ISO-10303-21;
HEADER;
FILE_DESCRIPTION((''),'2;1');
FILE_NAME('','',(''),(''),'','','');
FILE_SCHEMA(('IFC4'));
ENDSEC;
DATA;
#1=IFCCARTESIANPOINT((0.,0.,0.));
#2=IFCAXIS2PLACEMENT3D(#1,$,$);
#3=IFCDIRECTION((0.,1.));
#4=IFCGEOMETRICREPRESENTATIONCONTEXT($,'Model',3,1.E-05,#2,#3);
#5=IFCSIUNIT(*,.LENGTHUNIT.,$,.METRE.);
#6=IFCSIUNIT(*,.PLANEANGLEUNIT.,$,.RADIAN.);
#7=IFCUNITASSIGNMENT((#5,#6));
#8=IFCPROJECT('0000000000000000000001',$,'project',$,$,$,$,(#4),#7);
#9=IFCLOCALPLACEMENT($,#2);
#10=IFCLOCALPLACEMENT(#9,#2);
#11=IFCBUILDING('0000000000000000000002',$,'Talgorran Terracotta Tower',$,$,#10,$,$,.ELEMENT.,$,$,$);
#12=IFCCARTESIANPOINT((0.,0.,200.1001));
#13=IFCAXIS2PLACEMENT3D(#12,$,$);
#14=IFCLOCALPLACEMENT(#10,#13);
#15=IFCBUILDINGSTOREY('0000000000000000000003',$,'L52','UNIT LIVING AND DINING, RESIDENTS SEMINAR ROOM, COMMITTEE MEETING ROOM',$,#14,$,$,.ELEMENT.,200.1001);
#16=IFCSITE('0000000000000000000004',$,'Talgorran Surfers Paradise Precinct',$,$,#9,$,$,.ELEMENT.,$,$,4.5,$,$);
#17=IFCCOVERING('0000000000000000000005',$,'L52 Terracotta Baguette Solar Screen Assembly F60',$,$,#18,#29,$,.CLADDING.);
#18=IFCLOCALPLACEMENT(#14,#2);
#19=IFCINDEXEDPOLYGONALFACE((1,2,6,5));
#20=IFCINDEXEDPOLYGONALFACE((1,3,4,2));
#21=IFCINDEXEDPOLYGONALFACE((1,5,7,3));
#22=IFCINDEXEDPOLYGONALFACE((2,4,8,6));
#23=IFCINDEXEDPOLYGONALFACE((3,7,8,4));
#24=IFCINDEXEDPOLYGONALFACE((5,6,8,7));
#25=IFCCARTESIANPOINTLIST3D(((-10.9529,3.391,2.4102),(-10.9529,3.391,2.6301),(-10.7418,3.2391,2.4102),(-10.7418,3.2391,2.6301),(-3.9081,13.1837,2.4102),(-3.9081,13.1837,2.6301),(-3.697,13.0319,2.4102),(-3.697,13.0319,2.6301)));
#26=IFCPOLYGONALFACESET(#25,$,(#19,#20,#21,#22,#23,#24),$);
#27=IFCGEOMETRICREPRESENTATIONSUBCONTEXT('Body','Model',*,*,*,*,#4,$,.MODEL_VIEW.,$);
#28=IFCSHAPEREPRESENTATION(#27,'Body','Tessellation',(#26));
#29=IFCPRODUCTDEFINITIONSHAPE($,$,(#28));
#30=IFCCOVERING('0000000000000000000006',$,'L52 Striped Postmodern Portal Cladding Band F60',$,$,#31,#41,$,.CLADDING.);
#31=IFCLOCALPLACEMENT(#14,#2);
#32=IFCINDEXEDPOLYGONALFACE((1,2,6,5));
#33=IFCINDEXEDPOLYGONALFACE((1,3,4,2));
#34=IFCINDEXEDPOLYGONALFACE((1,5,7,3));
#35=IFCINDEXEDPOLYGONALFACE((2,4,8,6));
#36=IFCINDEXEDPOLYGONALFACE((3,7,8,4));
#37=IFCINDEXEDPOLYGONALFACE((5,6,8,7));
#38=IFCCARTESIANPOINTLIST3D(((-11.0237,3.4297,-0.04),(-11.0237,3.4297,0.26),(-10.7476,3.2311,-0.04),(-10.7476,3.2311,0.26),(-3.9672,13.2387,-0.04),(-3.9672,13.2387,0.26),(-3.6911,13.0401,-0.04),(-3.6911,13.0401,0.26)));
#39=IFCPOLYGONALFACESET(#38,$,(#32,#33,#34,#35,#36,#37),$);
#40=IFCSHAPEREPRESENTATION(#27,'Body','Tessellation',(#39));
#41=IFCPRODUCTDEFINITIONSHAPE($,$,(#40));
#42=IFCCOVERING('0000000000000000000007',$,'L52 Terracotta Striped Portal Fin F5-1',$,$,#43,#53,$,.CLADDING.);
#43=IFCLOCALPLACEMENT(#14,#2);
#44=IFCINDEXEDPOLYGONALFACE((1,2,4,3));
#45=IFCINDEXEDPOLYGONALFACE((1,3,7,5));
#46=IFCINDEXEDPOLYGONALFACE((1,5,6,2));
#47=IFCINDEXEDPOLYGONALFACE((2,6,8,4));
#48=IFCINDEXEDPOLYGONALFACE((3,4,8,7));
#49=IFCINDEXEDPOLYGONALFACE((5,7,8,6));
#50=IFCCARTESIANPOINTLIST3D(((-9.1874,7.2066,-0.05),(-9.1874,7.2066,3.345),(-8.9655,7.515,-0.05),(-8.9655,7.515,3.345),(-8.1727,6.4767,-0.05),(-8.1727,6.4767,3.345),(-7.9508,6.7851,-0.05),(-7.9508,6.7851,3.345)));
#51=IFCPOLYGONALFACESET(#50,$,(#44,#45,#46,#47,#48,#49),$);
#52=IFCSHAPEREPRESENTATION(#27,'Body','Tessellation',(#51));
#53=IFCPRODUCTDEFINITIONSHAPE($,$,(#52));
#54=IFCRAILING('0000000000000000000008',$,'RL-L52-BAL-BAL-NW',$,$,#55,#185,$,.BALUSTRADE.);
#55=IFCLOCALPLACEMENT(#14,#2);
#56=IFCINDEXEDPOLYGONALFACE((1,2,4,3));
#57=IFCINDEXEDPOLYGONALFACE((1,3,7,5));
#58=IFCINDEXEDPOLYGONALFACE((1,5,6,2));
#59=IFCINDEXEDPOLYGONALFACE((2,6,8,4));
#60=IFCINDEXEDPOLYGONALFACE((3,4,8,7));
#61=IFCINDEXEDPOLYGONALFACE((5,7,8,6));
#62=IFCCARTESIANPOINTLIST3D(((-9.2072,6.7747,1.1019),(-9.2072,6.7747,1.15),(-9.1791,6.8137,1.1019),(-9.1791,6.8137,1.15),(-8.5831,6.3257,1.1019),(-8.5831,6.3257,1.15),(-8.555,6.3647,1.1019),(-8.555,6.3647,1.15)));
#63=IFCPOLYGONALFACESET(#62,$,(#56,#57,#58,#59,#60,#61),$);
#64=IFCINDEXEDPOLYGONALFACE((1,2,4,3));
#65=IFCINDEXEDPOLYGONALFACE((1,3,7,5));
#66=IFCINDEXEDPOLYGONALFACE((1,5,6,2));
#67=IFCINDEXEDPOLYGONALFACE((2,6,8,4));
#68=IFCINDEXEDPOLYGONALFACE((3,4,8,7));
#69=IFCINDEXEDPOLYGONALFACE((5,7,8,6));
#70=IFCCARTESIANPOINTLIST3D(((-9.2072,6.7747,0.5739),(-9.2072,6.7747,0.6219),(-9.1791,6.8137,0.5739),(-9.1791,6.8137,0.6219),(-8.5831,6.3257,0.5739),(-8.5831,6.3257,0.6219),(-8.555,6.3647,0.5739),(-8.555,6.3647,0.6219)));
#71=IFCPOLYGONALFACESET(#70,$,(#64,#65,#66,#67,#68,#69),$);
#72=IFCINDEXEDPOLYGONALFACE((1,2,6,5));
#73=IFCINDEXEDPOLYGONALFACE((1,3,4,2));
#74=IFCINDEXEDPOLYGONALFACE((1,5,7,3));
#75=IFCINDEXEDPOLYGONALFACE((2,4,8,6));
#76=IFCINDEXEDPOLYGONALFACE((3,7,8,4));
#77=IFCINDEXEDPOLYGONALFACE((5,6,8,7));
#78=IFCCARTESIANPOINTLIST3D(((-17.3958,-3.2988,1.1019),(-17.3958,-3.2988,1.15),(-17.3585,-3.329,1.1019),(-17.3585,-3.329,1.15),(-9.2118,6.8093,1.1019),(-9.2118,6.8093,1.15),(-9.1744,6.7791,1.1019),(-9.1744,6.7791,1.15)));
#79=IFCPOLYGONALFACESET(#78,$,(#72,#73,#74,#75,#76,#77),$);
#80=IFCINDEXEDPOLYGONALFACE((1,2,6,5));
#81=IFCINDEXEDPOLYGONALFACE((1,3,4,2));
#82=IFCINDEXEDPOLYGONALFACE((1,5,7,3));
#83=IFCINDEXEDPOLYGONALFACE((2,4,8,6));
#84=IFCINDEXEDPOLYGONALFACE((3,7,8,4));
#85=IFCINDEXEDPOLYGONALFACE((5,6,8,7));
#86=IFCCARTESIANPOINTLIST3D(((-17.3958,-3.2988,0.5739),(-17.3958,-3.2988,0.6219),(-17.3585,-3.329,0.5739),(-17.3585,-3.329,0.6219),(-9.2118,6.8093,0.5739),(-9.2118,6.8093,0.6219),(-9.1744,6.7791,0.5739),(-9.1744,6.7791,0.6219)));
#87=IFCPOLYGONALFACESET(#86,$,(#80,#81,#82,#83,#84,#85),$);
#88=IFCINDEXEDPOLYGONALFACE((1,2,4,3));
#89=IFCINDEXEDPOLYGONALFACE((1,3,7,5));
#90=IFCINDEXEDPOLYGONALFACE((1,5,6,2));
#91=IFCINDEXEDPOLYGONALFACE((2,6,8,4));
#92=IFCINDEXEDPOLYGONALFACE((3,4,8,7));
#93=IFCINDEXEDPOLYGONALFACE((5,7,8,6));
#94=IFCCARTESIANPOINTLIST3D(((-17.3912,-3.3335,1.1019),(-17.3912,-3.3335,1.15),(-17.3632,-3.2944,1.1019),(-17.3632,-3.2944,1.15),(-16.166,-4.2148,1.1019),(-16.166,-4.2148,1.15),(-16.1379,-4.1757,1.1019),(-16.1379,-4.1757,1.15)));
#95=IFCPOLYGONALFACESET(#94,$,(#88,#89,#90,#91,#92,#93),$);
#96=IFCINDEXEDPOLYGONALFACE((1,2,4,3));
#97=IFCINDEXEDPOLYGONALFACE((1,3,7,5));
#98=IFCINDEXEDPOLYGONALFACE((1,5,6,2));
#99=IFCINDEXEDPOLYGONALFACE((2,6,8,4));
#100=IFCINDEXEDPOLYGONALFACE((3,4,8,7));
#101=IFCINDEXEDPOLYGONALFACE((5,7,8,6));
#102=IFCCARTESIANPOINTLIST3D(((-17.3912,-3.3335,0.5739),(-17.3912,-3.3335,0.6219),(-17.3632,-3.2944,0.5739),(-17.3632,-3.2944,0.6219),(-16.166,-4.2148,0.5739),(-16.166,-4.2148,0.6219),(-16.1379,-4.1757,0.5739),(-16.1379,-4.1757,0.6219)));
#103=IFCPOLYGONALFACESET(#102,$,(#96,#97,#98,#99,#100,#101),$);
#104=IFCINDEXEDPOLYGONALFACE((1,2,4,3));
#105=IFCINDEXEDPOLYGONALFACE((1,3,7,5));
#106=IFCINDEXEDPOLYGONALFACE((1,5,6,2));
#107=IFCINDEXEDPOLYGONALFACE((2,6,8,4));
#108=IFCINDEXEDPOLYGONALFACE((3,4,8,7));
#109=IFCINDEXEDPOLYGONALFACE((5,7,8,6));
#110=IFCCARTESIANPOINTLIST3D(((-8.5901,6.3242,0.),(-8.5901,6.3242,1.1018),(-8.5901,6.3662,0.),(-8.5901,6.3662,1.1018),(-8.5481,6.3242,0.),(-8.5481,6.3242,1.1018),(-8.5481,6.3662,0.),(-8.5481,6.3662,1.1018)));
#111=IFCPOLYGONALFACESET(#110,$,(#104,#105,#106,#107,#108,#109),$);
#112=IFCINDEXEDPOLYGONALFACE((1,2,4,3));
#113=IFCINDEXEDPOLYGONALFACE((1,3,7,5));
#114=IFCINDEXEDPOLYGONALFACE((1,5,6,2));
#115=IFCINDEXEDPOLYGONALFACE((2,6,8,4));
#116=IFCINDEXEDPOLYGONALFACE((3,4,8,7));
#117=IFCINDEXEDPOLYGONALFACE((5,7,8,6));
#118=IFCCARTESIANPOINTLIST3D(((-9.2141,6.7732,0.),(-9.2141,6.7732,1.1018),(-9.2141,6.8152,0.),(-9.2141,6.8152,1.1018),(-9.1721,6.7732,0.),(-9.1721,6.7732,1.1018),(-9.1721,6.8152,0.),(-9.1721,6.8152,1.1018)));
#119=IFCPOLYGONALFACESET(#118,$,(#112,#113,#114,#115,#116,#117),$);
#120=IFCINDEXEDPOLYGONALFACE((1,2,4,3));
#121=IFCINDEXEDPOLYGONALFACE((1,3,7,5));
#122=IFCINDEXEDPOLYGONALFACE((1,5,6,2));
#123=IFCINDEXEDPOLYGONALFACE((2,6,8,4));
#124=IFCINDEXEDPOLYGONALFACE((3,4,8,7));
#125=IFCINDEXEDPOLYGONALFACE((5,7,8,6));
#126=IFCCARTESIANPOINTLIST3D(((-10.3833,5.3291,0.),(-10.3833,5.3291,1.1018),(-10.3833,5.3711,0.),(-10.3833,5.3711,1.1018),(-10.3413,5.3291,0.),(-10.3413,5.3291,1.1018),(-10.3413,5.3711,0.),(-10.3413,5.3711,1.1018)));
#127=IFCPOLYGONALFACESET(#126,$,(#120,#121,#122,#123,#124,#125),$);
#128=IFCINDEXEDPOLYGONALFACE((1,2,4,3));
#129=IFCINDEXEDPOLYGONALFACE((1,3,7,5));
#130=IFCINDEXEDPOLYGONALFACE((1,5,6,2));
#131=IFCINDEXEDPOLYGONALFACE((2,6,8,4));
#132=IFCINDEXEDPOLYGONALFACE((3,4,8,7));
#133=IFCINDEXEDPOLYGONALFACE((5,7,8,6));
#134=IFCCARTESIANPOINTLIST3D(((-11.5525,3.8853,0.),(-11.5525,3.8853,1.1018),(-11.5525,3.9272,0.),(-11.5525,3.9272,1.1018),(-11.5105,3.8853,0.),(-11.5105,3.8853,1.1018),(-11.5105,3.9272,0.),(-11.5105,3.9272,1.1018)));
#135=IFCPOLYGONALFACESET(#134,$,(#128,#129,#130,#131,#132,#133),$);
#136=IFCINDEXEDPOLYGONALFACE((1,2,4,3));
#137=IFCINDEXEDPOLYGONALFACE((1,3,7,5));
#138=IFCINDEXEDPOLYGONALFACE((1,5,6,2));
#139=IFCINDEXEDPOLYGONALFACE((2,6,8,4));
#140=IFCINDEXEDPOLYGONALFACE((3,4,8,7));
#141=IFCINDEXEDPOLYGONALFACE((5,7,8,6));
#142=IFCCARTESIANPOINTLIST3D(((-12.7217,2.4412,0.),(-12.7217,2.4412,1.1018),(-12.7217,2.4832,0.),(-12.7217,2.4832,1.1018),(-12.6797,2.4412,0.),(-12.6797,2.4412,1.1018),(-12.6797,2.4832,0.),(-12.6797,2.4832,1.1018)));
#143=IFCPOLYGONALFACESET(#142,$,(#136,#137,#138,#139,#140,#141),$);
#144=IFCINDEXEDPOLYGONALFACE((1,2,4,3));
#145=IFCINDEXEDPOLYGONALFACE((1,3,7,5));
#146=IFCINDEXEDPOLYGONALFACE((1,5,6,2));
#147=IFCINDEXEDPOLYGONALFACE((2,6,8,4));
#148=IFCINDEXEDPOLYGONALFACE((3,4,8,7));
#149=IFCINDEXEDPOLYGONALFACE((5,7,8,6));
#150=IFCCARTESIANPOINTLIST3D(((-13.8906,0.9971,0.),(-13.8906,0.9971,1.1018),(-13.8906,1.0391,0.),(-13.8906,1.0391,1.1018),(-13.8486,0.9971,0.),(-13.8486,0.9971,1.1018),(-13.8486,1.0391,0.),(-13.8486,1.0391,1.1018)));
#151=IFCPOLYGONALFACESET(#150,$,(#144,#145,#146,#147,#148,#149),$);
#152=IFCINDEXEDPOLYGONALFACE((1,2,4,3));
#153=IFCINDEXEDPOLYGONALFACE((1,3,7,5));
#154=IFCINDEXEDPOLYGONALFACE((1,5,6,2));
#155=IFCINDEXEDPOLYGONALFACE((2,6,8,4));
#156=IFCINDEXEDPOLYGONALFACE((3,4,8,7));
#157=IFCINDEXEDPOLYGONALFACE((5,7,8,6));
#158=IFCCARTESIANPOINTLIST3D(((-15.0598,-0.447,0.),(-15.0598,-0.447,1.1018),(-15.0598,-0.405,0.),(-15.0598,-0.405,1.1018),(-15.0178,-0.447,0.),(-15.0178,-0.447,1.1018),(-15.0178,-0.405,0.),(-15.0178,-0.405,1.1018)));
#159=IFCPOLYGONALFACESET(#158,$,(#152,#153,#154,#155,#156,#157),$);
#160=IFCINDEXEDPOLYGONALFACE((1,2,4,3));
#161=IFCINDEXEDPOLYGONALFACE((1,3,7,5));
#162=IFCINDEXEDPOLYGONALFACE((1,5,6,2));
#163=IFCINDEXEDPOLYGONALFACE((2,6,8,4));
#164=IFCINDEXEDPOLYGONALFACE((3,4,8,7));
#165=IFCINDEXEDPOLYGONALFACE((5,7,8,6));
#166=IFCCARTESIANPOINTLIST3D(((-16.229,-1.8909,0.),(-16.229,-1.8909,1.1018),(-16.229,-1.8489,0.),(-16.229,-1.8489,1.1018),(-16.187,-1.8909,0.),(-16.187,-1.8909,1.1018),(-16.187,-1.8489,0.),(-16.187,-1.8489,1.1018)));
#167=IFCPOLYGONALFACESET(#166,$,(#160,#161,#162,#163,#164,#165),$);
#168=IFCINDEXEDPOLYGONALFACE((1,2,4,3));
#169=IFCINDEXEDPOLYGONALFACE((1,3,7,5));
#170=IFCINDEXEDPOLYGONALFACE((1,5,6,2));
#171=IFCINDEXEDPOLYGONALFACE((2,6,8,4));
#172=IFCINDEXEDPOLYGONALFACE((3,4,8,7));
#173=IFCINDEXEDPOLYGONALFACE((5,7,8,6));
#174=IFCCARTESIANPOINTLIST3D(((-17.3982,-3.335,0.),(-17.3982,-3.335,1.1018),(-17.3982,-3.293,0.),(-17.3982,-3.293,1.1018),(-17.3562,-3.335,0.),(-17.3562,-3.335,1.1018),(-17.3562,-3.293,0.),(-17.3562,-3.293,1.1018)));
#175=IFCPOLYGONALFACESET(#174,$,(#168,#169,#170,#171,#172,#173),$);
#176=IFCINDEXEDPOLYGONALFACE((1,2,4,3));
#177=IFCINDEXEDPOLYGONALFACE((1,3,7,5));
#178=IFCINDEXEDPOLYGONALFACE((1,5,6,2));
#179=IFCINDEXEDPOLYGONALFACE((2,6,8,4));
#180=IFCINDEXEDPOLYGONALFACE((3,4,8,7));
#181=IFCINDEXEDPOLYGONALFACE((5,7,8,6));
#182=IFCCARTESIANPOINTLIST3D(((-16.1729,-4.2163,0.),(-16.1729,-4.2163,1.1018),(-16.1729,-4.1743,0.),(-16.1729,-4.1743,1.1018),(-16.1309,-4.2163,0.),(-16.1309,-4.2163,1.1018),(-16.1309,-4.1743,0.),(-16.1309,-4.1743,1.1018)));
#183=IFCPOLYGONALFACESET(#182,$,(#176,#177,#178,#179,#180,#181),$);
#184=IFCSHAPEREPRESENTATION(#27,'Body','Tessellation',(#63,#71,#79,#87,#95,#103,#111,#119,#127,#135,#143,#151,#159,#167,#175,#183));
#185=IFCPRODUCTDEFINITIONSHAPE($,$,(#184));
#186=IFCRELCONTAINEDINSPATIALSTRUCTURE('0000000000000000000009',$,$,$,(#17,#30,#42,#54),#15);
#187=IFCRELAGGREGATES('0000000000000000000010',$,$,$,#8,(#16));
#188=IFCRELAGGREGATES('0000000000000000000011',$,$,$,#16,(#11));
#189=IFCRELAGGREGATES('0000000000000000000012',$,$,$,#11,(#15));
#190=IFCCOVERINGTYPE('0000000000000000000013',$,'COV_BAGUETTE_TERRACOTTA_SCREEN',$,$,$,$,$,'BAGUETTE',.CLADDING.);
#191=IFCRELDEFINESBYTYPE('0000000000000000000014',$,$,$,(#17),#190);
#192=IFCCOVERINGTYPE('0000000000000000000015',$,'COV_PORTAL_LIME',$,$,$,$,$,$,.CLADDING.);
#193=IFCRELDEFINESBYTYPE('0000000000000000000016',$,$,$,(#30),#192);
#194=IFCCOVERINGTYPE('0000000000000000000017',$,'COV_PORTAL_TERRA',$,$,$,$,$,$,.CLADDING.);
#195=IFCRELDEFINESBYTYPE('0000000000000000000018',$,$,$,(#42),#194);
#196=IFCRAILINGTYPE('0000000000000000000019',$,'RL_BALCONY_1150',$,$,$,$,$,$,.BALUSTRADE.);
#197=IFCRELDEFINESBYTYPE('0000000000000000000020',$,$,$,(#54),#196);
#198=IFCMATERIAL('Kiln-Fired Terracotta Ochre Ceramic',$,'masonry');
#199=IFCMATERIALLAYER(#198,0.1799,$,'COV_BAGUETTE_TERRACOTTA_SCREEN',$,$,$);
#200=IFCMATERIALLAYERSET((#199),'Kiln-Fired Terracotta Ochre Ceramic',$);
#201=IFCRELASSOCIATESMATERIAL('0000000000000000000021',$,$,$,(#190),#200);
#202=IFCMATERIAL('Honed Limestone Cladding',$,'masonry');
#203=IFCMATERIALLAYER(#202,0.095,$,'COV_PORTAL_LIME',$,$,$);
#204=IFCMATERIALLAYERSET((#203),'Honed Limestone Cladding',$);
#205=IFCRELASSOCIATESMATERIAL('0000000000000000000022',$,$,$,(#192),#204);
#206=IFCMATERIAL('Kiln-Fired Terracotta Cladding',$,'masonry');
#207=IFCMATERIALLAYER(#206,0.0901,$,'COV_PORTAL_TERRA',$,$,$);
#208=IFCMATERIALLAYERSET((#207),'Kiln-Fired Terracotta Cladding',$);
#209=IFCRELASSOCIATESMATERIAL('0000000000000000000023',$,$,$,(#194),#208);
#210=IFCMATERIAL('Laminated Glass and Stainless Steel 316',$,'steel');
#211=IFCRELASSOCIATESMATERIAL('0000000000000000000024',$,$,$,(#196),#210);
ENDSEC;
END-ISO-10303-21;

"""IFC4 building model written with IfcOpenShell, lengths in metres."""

from ifc_helpers import new_model, si_unit, direction, frame, origin, origin_2d, place, context, subcontext, project, spatial, rectangle, extrude, material, layer, layer_set, type_object, element, save


model = new_model("IFC4")

# Units and contexts
model_context = context("Model", 3, precision=1e-05, world=origin(), true_north=direction((0.0, 1.0)))
body_context = subcontext(model_context, "Body", "Model", "MODEL_VIEW")
ifc_project = project(units=[si_unit("LENGTHUNIT", "METRE"), si_unit("PLANEANGLEUNIT", "RADIAN")], contexts=[model_context])

# Site, building, storey
site_placement = place(None, origin())
site = spatial("IfcSite", under=ifc_project, at=site_placement, Name="Talgorran Surfers Paradise Precinct", CompositionType="ELEMENT", RefElevation=4.5)
building_placement = place(site_placement, origin())
building = spatial("IfcBuilding", under=site, at=building_placement, Name="Talgorran Terracotta Tower", CompositionType="ELEMENT")
storey_placement = place(building_placement, frame((0.0, 0.0, 200.1001)))
storey = spatial("IfcBuildingStorey", under=building, at=storey_placement, Name="L52", Description="UNIT LIVING AND DINING, RESIDENTS SEMINAR ROOM, COMMITTEE MEETING ROOM", CompositionType="ELEMENT", Elevation=200.1001)

# Coverings
ifc_material_1 = material(Name="Kiln-Fired Terracotta Ochre Ceramic", Category="masonry")
ifc_layer_1 = layer(ifc_material_1, 0.1799, Name="COV_BAGUETTE_TERRACOTTA_SCREEN")
ifc_layer_set_1 = layer_set([ifc_layer_1], Name="Kiln-Fired Terracotta Ochre Ceramic")
covering_type_1 = type_object("IfcCoveringType", Name="COV_BAGUETTE_TERRACOTTA_SCREEN", ElementType="BAGUETTE", PredefinedType="CLADDING", material=ifc_layer_set_1)
covering_1_placement = place(storey_placement, frame((-7.325, 8.2114, 2.4102), z_axis=(0.0, 0.0, 1.0), x_axis=(-0.583981, -0.811768, 0.0)))
element("IfcCovering", 1, at=covering_1_placement, inside=storey, type_object=covering_type_1, Name="L52 Terracotta Baguette Solar Screen Assembly F60", PredefinedType="CLADDING", context=body_context, shape_type="SweptSolid", body=[
    extrude(rectangle(XDim=12.0635, YDim=0.26, at=origin_2d()), origin(), (0.0, 0.0, 1.0), 0.22),
])
ifc_material_2 = material(Name="Honed Limestone Cladding", Category="masonry")
ifc_layer_2 = layer(ifc_material_2, 0.095, Name="COV_PORTAL_LIME")
ifc_layer_set_2 = layer_set([ifc_layer_2], Name="Honed Limestone Cladding")
covering_type_2 = type_object("IfcCoveringType", Name="COV_PORTAL_LIME", PredefinedType="CLADDING", material=ifc_layer_set_2)
covering_2_placement = place(storey_placement, frame((-7.3574, 8.2349, -0.04), z_axis=(0.0, 0.0, 1.0), x_axis=(-0.583981, -0.811768, 0.0)))
element("IfcCovering", 2, at=covering_2_placement, inside=storey, type_object=covering_type_2, Name="L52 Striped Postmodern Portal Cladding Band F60", PredefinedType="CLADDING", context=body_context, shape_type="SweptSolid", body=[
    extrude(rectangle(XDim=12.0835, YDim=0.3401, at=origin_2d()), origin(), (0.0, 0.0, 1.0), 0.3),
])
ifc_material_3 = material(Name="Kiln-Fired Terracotta Cladding", Category="masonry")
ifc_layer_3 = layer(ifc_material_3, 0.0901, Name="COV_PORTAL_TERRA")
ifc_layer_set_3 = layer_set([ifc_layer_3], Name="Kiln-Fired Terracotta Cladding")
covering_type_3 = type_object("IfcCoveringType", Name="COV_PORTAL_TERRA", PredefinedType="CLADDING", material=ifc_layer_set_3)
covering_3_placement = place(storey_placement, frame((-8.5691, 6.9958, -0.05), z_axis=(0.0, 0.0, 1.0), x_axis=(-0.583981, -0.811768, 0.0)))
element("IfcCovering", 3, at=covering_3_placement, inside=storey, type_object=covering_type_3, Name="L52 Terracotta Striped Portal Fin F5-1", PredefinedType="CLADDING", context=body_context, shape_type="SweptSolid", body=[
    extrude(rectangle(XDim=0.3799, YDim=1.25, at=origin_2d()), origin(), (0.0, 0.0, 1.0), 3.395),
])

# Railing
ifc_material_4 = material(Name="Laminated Glass and Stainless Steel 316", Category="steel")
railing_type = type_object("IfcRailingType", Name="RL_BALCONY_1150", PredefinedType="BALUSTRADE", material=ifc_material_4)
railing_placement = place(storey_placement, frame((-8.5691, 6.3452, 0.0)))
element("IfcRailing", 4, at=railing_placement, inside=storey, type_object=railing_type, Name="RL-L52-BAL-BAL-NW", PredefinedType="BALUSTRADE", context=body_context, shape_type="SweptSolid", body=[
    extrude(rectangle(XDim=0.0481, YDim=0.0481, at=origin_2d()), frame((0.0, 0.0, 1.126), z_axis=(-0.811733, 0.584029, 0.0), x_axis=(-0.584029, -0.811733, 0.0)), (0.0, 0.0, 1.0), 0.7688),
    extrude(rectangle(XDim=0.0481, YDim=0.0481, at=origin_2d()), frame((0.0, 0.0, 0.5979), z_axis=(-0.811733, 0.584029, 0.0), x_axis=(-0.584029, -0.811733, 0.0)), (0.0, 0.0, 1.0), 0.7688),
    extrude(rectangle(XDim=0.0481, YDim=0.0481, at=origin_2d()), frame((-0.624, 0.449, 1.126), z_axis=(-0.629258, -0.777196, 0.0), x_axis=(0.777196, -0.629258, 0.0)), (0.0, 0.0, 1.0), 13.0059),
    extrude(rectangle(XDim=0.0481, YDim=0.0481, at=origin_2d()), frame((-0.624, 0.449, 0.5979), z_axis=(-0.629258, -0.777196, 0.0), x_axis=(0.777196, -0.629258, 0.0)), (0.0, 0.0, 1.0), 13.0059),
    extrude(rectangle(XDim=0.0481, YDim=0.0481, at=origin_2d()), frame((-8.8081, -9.6592, 1.126), z_axis=(0.811816, -0.583913, 0.0), x_axis=(0.583913, 0.811816, 0.0)), (0.0, 0.0, 1.0), 1.5093),
    extrude(rectangle(XDim=0.0481, YDim=0.0481, at=origin_2d()), frame((-8.8081, -9.6592, 0.5979), z_axis=(0.811816, -0.583913, 0.0), x_axis=(0.583913, 0.811816, 0.0)), (0.0, 0.0, 1.0), 1.5093),
    extrude(rectangle(XDim=0.042, YDim=0.042, at=origin_2d()), origin(), (0.0, 0.0, 1.0), 1.1018),
    extrude(rectangle(XDim=0.042, YDim=0.042, at=origin_2d()), frame((-0.624, 0.449, 0.0)), (0.0, 0.0, 1.0), 1.1018),
    extrude(rectangle(XDim=0.042, YDim=0.042, at=origin_2d()), frame((-1.7932, -0.9951, 0.0)), (0.0, 0.0, 1.0), 1.1018),
    extrude(rectangle(XDim=0.042, YDim=0.042, at=origin_2d()), frame((-2.9624, -2.439, 0.0)), (0.0, 0.0, 1.0), 1.1018),
    extrude(rectangle(XDim=0.042, YDim=0.042, at=origin_2d()), frame((-4.1316, -3.8831, 0.0)), (0.0, 0.0, 1.0), 1.1018),
    extrude(rectangle(XDim=0.042, YDim=0.042, at=origin_2d()), frame((-5.3005, -5.3271, 0.0)), (0.0, 0.0, 1.0), 1.1018),
    extrude(rectangle(XDim=0.042, YDim=0.042, at=origin_2d()), frame((-6.4697, -6.7712, 0.0)), (0.0, 0.0, 1.0), 1.1018),
    extrude(rectangle(XDim=0.042, YDim=0.042, at=origin_2d()), frame((-7.6389, -8.2151, 0.0)), (0.0, 0.0, 1.0), 1.1018),
    extrude(rectangle(XDim=0.042, YDim=0.042, at=origin_2d()), frame((-8.8081, -9.6592, 0.0)), (0.0, 0.0, 1.0), 1.1018),
    extrude(rectangle(XDim=0.042, YDim=0.042, at=origin_2d()), frame((-7.5828, -10.5405, 0.0)), (0.0, 0.0, 1.0), 1.1018),
])

save(model, "model.ifc")
